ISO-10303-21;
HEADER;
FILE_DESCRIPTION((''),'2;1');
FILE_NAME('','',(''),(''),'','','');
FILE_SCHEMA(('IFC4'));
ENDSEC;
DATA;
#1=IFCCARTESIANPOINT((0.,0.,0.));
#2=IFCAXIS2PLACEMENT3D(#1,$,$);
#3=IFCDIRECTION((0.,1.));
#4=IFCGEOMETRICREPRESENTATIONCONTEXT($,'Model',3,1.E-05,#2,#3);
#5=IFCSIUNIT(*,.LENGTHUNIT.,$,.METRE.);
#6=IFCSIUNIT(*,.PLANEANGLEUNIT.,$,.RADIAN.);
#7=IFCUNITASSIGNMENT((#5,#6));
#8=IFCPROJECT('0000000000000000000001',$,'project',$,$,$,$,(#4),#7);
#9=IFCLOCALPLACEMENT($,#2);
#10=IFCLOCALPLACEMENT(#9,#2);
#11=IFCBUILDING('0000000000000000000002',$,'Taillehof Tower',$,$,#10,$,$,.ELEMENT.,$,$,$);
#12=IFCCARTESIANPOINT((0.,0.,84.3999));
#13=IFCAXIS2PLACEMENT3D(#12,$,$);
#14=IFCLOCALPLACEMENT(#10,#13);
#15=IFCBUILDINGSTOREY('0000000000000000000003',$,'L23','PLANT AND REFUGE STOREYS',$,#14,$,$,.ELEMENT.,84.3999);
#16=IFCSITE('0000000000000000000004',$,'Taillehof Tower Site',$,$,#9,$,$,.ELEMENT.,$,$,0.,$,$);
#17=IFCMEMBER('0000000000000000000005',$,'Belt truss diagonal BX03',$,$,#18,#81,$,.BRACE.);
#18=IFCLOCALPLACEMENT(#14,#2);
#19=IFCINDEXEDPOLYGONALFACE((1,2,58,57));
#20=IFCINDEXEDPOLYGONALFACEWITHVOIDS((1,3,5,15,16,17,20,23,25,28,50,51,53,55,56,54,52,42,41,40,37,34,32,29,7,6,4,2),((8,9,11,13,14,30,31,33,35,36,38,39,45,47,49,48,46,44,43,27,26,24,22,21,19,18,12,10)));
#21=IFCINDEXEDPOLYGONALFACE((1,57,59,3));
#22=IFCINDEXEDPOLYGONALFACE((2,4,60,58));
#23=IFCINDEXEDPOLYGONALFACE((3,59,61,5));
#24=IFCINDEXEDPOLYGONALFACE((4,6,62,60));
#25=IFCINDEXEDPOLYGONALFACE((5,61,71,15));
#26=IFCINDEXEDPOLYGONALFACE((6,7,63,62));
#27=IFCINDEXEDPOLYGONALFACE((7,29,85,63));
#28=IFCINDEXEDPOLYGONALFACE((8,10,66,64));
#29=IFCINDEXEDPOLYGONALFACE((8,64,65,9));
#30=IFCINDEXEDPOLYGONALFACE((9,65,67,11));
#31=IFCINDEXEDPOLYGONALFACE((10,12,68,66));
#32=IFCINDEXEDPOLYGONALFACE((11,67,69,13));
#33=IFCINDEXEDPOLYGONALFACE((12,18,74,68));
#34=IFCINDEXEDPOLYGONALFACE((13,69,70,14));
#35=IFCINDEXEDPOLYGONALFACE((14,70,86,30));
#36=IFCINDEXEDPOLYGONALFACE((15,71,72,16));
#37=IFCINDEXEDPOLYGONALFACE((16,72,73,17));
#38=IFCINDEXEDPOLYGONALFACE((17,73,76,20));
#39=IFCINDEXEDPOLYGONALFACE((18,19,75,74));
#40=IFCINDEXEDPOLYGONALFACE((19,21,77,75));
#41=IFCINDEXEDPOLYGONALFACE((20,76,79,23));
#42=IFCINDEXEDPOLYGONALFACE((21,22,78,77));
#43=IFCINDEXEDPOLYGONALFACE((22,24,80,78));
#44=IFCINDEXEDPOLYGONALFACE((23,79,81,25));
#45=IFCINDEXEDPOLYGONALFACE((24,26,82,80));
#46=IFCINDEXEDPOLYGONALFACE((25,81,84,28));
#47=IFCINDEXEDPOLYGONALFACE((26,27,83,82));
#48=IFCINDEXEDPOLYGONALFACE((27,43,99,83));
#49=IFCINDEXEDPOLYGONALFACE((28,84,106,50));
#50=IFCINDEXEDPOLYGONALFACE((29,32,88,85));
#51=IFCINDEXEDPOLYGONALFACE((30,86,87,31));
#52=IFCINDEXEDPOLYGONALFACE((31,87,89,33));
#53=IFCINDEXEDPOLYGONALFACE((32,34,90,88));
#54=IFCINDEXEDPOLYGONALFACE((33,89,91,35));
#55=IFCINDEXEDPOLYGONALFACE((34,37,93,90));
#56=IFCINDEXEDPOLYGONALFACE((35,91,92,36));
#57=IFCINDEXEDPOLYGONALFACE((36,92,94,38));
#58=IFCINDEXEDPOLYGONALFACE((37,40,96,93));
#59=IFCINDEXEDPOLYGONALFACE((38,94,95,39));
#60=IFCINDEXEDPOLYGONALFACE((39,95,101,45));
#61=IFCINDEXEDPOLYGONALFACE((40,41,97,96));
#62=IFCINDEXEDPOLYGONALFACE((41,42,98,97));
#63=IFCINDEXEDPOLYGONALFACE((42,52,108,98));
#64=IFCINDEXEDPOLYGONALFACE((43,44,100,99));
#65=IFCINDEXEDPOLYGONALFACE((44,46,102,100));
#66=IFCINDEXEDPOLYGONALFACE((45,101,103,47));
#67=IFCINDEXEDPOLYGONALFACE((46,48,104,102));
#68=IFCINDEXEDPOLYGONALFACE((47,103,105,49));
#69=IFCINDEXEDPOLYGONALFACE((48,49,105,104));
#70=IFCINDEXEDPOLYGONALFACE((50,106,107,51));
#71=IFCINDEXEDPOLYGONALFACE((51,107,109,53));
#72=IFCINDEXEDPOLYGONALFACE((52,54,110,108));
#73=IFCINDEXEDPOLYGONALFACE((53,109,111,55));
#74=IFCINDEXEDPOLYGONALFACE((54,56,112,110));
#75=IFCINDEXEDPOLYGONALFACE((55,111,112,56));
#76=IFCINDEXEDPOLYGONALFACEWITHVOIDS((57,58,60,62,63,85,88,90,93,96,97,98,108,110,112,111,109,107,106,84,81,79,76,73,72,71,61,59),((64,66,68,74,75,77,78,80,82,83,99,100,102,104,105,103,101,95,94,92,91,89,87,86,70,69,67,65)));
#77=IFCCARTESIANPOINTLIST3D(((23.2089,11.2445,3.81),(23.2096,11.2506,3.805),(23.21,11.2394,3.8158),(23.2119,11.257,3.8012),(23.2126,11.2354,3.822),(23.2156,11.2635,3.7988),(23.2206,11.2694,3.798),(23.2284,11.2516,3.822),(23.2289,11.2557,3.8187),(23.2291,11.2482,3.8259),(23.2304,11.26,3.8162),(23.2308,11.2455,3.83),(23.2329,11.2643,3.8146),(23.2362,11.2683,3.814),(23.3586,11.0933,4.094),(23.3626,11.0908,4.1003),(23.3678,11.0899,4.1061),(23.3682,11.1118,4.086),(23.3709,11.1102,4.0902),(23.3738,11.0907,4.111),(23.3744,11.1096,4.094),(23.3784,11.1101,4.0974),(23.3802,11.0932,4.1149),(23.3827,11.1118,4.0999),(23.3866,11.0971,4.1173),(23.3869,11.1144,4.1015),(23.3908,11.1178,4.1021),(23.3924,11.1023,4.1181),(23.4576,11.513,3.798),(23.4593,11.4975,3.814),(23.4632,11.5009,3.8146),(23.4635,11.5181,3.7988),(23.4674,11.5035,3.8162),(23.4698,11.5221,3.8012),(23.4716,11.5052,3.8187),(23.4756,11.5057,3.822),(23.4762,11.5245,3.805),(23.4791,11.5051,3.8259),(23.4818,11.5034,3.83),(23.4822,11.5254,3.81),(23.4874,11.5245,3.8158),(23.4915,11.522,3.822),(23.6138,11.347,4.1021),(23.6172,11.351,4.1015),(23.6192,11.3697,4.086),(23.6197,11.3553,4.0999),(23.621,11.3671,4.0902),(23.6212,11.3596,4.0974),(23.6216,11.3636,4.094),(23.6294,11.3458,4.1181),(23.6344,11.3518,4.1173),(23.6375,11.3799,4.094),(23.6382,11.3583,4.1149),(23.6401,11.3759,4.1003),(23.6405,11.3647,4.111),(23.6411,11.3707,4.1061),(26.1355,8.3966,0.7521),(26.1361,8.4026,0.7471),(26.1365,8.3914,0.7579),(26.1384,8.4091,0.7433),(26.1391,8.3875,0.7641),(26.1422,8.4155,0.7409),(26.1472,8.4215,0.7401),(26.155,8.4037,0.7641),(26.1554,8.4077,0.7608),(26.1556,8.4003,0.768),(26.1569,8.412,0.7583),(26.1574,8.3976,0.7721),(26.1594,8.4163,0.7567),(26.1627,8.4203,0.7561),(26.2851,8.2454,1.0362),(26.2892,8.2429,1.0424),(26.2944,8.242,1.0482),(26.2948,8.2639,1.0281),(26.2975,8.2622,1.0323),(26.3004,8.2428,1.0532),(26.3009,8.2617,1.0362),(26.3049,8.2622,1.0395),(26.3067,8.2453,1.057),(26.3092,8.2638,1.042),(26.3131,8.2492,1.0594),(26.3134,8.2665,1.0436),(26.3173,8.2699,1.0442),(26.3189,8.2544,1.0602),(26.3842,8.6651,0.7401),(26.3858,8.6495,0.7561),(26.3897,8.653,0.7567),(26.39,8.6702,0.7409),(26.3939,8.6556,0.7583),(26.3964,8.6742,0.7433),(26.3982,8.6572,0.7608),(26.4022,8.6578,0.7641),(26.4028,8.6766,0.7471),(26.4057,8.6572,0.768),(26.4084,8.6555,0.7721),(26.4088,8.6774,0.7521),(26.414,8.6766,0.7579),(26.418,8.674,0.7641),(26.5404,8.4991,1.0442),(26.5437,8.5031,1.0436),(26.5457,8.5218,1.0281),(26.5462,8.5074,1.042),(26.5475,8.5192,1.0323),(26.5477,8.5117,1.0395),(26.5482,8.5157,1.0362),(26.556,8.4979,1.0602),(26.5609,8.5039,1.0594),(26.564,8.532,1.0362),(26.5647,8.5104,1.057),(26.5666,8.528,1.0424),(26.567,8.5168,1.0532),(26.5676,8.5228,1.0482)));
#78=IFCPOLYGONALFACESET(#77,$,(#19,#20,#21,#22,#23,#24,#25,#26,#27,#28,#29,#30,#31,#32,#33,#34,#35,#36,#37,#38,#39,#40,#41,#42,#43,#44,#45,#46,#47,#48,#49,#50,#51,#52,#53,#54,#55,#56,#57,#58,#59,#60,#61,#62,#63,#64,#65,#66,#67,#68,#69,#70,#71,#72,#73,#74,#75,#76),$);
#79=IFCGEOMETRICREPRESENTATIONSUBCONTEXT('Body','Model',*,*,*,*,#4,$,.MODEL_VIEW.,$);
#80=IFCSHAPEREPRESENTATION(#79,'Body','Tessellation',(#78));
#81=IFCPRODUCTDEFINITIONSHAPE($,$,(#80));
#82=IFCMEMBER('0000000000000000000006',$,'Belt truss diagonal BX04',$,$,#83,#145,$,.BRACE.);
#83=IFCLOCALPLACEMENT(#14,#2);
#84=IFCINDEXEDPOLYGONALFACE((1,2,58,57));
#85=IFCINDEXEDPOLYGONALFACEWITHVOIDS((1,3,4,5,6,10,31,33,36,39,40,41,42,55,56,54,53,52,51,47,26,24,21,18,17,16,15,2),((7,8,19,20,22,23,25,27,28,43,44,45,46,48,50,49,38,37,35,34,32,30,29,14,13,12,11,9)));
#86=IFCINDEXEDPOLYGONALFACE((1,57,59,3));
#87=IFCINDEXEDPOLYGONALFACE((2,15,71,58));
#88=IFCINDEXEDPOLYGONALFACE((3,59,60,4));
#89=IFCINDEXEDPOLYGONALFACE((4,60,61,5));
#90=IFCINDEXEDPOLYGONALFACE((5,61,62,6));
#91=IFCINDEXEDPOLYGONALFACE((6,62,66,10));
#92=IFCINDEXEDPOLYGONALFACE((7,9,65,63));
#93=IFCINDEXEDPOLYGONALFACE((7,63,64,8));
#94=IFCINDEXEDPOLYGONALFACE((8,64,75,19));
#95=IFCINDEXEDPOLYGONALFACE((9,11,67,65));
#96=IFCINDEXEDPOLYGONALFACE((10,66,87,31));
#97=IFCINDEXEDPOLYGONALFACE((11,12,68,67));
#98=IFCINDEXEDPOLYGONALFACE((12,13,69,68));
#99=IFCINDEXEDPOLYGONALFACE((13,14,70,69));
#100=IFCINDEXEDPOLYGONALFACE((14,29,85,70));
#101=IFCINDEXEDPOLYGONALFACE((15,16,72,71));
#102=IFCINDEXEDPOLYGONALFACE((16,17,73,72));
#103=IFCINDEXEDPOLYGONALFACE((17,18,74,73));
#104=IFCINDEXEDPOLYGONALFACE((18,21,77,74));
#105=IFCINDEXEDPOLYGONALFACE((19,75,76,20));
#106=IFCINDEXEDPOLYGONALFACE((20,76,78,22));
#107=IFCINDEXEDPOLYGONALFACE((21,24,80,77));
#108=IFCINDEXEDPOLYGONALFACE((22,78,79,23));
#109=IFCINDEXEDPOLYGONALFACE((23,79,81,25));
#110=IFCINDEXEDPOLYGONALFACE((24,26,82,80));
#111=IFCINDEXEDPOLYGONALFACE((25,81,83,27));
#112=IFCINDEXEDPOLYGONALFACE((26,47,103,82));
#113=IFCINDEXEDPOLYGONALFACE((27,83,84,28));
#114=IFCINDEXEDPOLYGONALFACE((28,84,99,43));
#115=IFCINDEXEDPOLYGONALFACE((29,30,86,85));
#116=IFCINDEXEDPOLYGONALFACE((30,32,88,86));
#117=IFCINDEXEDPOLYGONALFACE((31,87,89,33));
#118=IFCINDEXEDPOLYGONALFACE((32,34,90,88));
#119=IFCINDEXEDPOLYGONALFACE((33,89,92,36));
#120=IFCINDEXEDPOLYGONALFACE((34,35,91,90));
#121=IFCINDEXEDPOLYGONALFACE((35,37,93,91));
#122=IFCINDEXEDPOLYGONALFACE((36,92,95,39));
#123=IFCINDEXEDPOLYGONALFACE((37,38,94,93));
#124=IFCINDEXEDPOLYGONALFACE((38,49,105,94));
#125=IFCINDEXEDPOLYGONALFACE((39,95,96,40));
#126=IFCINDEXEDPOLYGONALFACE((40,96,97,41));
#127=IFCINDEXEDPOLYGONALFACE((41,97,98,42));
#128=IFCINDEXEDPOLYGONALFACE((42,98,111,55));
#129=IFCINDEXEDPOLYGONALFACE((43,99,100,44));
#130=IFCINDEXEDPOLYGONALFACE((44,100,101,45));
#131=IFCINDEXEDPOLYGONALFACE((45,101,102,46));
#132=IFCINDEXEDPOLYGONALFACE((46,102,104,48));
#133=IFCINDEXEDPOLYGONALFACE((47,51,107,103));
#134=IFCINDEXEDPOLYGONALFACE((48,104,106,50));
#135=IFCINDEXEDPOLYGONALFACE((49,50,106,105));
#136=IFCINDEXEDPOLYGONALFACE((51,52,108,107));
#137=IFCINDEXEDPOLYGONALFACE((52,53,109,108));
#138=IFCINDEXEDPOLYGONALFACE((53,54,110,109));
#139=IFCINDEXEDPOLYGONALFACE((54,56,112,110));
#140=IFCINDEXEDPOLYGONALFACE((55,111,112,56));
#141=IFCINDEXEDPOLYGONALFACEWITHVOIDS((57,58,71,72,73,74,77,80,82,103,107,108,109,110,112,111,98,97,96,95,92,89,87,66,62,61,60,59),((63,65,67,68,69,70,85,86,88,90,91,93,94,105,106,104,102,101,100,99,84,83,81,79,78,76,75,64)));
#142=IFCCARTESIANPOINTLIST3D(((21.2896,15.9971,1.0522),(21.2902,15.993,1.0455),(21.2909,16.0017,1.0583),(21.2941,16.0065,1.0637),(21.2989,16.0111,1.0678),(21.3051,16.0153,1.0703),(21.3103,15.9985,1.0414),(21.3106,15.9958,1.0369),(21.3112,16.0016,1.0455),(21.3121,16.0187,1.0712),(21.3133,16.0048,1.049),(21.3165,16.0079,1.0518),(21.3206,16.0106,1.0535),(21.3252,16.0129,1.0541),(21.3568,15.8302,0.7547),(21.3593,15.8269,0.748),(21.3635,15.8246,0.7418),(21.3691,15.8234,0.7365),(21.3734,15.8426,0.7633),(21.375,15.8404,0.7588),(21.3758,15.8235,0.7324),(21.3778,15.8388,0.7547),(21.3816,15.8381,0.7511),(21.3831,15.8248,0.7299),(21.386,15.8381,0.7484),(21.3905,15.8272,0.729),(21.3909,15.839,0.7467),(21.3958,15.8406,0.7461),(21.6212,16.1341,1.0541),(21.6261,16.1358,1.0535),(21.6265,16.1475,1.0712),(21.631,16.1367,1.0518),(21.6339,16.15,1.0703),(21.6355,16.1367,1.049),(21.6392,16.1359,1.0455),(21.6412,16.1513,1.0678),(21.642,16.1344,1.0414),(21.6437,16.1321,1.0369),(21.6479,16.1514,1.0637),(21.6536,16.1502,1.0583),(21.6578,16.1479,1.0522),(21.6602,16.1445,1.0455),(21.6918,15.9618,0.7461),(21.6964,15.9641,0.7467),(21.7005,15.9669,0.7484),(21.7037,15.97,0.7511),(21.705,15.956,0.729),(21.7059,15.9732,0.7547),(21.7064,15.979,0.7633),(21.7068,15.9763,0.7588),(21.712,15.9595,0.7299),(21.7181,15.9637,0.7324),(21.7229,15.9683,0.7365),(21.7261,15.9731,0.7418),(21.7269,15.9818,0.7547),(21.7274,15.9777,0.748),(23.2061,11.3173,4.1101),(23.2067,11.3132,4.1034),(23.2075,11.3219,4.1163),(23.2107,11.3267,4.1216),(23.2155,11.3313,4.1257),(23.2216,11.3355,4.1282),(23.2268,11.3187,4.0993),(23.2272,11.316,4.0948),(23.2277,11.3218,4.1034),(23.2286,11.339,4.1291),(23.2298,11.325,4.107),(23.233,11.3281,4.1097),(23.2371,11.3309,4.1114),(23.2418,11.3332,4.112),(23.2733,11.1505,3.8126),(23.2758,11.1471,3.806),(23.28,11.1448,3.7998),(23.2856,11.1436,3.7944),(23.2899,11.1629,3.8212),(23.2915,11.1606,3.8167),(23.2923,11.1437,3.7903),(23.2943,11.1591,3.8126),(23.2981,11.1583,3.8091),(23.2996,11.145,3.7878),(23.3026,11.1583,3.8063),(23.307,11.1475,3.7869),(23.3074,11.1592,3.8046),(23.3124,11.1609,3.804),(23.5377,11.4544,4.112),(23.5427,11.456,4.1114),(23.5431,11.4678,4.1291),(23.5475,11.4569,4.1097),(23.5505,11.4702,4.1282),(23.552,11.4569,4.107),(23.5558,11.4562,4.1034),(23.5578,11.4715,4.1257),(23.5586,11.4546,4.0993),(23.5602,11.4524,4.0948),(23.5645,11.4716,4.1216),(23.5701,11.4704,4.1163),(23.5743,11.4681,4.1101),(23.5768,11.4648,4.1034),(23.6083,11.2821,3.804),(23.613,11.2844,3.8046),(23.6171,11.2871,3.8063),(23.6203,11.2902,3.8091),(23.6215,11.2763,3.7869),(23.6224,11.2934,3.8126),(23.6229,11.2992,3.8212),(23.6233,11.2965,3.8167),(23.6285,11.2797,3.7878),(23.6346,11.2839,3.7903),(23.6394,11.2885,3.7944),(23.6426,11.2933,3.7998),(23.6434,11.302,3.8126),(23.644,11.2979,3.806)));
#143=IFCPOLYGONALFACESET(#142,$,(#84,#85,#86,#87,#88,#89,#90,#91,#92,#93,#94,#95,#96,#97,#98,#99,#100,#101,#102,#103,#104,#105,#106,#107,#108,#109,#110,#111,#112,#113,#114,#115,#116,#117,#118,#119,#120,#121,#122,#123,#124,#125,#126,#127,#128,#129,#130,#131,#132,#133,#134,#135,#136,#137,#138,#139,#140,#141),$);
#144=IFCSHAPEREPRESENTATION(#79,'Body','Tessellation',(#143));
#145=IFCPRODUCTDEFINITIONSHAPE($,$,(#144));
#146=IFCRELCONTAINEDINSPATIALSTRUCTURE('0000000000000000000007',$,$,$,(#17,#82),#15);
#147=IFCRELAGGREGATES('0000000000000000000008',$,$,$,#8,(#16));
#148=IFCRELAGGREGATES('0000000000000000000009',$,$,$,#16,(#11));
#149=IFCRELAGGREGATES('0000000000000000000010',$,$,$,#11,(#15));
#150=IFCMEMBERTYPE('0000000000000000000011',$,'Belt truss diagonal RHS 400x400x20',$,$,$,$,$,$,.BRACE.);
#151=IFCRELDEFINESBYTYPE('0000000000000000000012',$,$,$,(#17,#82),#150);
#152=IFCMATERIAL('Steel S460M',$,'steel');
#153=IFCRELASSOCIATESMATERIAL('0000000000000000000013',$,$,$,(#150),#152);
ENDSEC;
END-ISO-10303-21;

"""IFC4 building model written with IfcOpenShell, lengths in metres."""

from ifc_helpers import new_model, si_unit, direction, frame, origin, origin_2d, place, context, subcontext, project, spatial, hollow_rectangle, extrude, material, material_profile, profile_set, type_object, element, save


model = new_model("IFC4")

# Units and contexts
model_context = context("Model", 3, precision=1e-05, world=origin(), true_north=direction((0.0, 1.0)))
body_context = subcontext(model_context, "Body", "Model", "MODEL_VIEW")
ifc_project = project(units=[si_unit("LENGTHUNIT", "METRE"), si_unit("PLANEANGLEUNIT", "RADIAN")], contexts=[model_context])

# Site, building, storey
site_placement = place(None, origin())
site = spatial("IfcSite", under=ifc_project, at=site_placement, Name="Taillehof Tower Site", CompositionType="ELEMENT", RefElevation=0.0)
building_placement = place(site_placement, origin())
building = spatial("IfcBuilding", under=site, at=building_placement, Name="Taillehof Tower", CompositionType="ELEMENT")
storey_placement = place(building_placement, frame((0.0, 0.0, 84.3999)))
storey = spatial("IfcBuildingStorey", under=building, at=storey_placement, Name="L23", Description="PLANT AND REFUGE STOREYS", CompositionType="ELEMENT", Elevation=84.3999)

# Members
ifc_material_1 = material(Name="Steel S460M", Category="steel")
ifc_material_profile_1 = material_profile(ifc_material_1, hollow_rectangle(XDim=0.3999, YDim=0.3999, WallThickness=0.02, InnerFilletRadius=0.02, OuterFilletRadius=0.03, at=origin_2d()), Name="RHS 400x400x20")
ifc_profile_set_1 = profile_set([ifc_material_profile_1], Name="Steel S460M")
member_type_1 = type_object("IfcMemberType", Name="Belt truss diagonal RHS 400x400x20", PredefinedType="BRACE", material=ifc_profile_set_1)
member_1_placement = place(storey_placement, frame((26.3516, 8.4597, 0.9001), z_axis=(-0.573655, 0.558245, 0.599402), x_axis=(-0.697416, -0.716667, 0.0)))
element("IfcMember", 1, at=member_1_placement, inside=storey, type_object=member_type_1, Name="Belt truss diagonal BX03", PredefinedType="BRACE", context=body_context, shape_type="SweptSolid", body=[
    extrude(hollow_rectangle(XDim=0.3999, YDim=0.3999, WallThickness=0.02, InnerFilletRadius=0.02, OuterFilletRadius=0.03, at=origin_2d()), origin(), (0.0, 0.0, 1.0), 5.1016),
])
member_2_placement = place(storey_placement, frame((23.425, 11.3076, 3.958), z_axis=(-0.324305, 0.791883, -0.517443), x_axis=(-0.925402, -0.378986, 0.0)))
element("IfcMember", 2, at=member_2_placement, inside=storey, type_object=member_type_1, Name="Belt truss diagonal BX04", PredefinedType="BRACE", context=body_context, shape_type="SweptSolid", body=[
    extrude(hollow_rectangle(XDim=0.3999, YDim=0.3999, WallThickness=0.02, InnerFilletRadius=0.02, OuterFilletRadius=0.03, at=origin_2d()), origin(), (0.0, 0.0, 1.0), 5.9097),
])

save(model, "model.ifc")
